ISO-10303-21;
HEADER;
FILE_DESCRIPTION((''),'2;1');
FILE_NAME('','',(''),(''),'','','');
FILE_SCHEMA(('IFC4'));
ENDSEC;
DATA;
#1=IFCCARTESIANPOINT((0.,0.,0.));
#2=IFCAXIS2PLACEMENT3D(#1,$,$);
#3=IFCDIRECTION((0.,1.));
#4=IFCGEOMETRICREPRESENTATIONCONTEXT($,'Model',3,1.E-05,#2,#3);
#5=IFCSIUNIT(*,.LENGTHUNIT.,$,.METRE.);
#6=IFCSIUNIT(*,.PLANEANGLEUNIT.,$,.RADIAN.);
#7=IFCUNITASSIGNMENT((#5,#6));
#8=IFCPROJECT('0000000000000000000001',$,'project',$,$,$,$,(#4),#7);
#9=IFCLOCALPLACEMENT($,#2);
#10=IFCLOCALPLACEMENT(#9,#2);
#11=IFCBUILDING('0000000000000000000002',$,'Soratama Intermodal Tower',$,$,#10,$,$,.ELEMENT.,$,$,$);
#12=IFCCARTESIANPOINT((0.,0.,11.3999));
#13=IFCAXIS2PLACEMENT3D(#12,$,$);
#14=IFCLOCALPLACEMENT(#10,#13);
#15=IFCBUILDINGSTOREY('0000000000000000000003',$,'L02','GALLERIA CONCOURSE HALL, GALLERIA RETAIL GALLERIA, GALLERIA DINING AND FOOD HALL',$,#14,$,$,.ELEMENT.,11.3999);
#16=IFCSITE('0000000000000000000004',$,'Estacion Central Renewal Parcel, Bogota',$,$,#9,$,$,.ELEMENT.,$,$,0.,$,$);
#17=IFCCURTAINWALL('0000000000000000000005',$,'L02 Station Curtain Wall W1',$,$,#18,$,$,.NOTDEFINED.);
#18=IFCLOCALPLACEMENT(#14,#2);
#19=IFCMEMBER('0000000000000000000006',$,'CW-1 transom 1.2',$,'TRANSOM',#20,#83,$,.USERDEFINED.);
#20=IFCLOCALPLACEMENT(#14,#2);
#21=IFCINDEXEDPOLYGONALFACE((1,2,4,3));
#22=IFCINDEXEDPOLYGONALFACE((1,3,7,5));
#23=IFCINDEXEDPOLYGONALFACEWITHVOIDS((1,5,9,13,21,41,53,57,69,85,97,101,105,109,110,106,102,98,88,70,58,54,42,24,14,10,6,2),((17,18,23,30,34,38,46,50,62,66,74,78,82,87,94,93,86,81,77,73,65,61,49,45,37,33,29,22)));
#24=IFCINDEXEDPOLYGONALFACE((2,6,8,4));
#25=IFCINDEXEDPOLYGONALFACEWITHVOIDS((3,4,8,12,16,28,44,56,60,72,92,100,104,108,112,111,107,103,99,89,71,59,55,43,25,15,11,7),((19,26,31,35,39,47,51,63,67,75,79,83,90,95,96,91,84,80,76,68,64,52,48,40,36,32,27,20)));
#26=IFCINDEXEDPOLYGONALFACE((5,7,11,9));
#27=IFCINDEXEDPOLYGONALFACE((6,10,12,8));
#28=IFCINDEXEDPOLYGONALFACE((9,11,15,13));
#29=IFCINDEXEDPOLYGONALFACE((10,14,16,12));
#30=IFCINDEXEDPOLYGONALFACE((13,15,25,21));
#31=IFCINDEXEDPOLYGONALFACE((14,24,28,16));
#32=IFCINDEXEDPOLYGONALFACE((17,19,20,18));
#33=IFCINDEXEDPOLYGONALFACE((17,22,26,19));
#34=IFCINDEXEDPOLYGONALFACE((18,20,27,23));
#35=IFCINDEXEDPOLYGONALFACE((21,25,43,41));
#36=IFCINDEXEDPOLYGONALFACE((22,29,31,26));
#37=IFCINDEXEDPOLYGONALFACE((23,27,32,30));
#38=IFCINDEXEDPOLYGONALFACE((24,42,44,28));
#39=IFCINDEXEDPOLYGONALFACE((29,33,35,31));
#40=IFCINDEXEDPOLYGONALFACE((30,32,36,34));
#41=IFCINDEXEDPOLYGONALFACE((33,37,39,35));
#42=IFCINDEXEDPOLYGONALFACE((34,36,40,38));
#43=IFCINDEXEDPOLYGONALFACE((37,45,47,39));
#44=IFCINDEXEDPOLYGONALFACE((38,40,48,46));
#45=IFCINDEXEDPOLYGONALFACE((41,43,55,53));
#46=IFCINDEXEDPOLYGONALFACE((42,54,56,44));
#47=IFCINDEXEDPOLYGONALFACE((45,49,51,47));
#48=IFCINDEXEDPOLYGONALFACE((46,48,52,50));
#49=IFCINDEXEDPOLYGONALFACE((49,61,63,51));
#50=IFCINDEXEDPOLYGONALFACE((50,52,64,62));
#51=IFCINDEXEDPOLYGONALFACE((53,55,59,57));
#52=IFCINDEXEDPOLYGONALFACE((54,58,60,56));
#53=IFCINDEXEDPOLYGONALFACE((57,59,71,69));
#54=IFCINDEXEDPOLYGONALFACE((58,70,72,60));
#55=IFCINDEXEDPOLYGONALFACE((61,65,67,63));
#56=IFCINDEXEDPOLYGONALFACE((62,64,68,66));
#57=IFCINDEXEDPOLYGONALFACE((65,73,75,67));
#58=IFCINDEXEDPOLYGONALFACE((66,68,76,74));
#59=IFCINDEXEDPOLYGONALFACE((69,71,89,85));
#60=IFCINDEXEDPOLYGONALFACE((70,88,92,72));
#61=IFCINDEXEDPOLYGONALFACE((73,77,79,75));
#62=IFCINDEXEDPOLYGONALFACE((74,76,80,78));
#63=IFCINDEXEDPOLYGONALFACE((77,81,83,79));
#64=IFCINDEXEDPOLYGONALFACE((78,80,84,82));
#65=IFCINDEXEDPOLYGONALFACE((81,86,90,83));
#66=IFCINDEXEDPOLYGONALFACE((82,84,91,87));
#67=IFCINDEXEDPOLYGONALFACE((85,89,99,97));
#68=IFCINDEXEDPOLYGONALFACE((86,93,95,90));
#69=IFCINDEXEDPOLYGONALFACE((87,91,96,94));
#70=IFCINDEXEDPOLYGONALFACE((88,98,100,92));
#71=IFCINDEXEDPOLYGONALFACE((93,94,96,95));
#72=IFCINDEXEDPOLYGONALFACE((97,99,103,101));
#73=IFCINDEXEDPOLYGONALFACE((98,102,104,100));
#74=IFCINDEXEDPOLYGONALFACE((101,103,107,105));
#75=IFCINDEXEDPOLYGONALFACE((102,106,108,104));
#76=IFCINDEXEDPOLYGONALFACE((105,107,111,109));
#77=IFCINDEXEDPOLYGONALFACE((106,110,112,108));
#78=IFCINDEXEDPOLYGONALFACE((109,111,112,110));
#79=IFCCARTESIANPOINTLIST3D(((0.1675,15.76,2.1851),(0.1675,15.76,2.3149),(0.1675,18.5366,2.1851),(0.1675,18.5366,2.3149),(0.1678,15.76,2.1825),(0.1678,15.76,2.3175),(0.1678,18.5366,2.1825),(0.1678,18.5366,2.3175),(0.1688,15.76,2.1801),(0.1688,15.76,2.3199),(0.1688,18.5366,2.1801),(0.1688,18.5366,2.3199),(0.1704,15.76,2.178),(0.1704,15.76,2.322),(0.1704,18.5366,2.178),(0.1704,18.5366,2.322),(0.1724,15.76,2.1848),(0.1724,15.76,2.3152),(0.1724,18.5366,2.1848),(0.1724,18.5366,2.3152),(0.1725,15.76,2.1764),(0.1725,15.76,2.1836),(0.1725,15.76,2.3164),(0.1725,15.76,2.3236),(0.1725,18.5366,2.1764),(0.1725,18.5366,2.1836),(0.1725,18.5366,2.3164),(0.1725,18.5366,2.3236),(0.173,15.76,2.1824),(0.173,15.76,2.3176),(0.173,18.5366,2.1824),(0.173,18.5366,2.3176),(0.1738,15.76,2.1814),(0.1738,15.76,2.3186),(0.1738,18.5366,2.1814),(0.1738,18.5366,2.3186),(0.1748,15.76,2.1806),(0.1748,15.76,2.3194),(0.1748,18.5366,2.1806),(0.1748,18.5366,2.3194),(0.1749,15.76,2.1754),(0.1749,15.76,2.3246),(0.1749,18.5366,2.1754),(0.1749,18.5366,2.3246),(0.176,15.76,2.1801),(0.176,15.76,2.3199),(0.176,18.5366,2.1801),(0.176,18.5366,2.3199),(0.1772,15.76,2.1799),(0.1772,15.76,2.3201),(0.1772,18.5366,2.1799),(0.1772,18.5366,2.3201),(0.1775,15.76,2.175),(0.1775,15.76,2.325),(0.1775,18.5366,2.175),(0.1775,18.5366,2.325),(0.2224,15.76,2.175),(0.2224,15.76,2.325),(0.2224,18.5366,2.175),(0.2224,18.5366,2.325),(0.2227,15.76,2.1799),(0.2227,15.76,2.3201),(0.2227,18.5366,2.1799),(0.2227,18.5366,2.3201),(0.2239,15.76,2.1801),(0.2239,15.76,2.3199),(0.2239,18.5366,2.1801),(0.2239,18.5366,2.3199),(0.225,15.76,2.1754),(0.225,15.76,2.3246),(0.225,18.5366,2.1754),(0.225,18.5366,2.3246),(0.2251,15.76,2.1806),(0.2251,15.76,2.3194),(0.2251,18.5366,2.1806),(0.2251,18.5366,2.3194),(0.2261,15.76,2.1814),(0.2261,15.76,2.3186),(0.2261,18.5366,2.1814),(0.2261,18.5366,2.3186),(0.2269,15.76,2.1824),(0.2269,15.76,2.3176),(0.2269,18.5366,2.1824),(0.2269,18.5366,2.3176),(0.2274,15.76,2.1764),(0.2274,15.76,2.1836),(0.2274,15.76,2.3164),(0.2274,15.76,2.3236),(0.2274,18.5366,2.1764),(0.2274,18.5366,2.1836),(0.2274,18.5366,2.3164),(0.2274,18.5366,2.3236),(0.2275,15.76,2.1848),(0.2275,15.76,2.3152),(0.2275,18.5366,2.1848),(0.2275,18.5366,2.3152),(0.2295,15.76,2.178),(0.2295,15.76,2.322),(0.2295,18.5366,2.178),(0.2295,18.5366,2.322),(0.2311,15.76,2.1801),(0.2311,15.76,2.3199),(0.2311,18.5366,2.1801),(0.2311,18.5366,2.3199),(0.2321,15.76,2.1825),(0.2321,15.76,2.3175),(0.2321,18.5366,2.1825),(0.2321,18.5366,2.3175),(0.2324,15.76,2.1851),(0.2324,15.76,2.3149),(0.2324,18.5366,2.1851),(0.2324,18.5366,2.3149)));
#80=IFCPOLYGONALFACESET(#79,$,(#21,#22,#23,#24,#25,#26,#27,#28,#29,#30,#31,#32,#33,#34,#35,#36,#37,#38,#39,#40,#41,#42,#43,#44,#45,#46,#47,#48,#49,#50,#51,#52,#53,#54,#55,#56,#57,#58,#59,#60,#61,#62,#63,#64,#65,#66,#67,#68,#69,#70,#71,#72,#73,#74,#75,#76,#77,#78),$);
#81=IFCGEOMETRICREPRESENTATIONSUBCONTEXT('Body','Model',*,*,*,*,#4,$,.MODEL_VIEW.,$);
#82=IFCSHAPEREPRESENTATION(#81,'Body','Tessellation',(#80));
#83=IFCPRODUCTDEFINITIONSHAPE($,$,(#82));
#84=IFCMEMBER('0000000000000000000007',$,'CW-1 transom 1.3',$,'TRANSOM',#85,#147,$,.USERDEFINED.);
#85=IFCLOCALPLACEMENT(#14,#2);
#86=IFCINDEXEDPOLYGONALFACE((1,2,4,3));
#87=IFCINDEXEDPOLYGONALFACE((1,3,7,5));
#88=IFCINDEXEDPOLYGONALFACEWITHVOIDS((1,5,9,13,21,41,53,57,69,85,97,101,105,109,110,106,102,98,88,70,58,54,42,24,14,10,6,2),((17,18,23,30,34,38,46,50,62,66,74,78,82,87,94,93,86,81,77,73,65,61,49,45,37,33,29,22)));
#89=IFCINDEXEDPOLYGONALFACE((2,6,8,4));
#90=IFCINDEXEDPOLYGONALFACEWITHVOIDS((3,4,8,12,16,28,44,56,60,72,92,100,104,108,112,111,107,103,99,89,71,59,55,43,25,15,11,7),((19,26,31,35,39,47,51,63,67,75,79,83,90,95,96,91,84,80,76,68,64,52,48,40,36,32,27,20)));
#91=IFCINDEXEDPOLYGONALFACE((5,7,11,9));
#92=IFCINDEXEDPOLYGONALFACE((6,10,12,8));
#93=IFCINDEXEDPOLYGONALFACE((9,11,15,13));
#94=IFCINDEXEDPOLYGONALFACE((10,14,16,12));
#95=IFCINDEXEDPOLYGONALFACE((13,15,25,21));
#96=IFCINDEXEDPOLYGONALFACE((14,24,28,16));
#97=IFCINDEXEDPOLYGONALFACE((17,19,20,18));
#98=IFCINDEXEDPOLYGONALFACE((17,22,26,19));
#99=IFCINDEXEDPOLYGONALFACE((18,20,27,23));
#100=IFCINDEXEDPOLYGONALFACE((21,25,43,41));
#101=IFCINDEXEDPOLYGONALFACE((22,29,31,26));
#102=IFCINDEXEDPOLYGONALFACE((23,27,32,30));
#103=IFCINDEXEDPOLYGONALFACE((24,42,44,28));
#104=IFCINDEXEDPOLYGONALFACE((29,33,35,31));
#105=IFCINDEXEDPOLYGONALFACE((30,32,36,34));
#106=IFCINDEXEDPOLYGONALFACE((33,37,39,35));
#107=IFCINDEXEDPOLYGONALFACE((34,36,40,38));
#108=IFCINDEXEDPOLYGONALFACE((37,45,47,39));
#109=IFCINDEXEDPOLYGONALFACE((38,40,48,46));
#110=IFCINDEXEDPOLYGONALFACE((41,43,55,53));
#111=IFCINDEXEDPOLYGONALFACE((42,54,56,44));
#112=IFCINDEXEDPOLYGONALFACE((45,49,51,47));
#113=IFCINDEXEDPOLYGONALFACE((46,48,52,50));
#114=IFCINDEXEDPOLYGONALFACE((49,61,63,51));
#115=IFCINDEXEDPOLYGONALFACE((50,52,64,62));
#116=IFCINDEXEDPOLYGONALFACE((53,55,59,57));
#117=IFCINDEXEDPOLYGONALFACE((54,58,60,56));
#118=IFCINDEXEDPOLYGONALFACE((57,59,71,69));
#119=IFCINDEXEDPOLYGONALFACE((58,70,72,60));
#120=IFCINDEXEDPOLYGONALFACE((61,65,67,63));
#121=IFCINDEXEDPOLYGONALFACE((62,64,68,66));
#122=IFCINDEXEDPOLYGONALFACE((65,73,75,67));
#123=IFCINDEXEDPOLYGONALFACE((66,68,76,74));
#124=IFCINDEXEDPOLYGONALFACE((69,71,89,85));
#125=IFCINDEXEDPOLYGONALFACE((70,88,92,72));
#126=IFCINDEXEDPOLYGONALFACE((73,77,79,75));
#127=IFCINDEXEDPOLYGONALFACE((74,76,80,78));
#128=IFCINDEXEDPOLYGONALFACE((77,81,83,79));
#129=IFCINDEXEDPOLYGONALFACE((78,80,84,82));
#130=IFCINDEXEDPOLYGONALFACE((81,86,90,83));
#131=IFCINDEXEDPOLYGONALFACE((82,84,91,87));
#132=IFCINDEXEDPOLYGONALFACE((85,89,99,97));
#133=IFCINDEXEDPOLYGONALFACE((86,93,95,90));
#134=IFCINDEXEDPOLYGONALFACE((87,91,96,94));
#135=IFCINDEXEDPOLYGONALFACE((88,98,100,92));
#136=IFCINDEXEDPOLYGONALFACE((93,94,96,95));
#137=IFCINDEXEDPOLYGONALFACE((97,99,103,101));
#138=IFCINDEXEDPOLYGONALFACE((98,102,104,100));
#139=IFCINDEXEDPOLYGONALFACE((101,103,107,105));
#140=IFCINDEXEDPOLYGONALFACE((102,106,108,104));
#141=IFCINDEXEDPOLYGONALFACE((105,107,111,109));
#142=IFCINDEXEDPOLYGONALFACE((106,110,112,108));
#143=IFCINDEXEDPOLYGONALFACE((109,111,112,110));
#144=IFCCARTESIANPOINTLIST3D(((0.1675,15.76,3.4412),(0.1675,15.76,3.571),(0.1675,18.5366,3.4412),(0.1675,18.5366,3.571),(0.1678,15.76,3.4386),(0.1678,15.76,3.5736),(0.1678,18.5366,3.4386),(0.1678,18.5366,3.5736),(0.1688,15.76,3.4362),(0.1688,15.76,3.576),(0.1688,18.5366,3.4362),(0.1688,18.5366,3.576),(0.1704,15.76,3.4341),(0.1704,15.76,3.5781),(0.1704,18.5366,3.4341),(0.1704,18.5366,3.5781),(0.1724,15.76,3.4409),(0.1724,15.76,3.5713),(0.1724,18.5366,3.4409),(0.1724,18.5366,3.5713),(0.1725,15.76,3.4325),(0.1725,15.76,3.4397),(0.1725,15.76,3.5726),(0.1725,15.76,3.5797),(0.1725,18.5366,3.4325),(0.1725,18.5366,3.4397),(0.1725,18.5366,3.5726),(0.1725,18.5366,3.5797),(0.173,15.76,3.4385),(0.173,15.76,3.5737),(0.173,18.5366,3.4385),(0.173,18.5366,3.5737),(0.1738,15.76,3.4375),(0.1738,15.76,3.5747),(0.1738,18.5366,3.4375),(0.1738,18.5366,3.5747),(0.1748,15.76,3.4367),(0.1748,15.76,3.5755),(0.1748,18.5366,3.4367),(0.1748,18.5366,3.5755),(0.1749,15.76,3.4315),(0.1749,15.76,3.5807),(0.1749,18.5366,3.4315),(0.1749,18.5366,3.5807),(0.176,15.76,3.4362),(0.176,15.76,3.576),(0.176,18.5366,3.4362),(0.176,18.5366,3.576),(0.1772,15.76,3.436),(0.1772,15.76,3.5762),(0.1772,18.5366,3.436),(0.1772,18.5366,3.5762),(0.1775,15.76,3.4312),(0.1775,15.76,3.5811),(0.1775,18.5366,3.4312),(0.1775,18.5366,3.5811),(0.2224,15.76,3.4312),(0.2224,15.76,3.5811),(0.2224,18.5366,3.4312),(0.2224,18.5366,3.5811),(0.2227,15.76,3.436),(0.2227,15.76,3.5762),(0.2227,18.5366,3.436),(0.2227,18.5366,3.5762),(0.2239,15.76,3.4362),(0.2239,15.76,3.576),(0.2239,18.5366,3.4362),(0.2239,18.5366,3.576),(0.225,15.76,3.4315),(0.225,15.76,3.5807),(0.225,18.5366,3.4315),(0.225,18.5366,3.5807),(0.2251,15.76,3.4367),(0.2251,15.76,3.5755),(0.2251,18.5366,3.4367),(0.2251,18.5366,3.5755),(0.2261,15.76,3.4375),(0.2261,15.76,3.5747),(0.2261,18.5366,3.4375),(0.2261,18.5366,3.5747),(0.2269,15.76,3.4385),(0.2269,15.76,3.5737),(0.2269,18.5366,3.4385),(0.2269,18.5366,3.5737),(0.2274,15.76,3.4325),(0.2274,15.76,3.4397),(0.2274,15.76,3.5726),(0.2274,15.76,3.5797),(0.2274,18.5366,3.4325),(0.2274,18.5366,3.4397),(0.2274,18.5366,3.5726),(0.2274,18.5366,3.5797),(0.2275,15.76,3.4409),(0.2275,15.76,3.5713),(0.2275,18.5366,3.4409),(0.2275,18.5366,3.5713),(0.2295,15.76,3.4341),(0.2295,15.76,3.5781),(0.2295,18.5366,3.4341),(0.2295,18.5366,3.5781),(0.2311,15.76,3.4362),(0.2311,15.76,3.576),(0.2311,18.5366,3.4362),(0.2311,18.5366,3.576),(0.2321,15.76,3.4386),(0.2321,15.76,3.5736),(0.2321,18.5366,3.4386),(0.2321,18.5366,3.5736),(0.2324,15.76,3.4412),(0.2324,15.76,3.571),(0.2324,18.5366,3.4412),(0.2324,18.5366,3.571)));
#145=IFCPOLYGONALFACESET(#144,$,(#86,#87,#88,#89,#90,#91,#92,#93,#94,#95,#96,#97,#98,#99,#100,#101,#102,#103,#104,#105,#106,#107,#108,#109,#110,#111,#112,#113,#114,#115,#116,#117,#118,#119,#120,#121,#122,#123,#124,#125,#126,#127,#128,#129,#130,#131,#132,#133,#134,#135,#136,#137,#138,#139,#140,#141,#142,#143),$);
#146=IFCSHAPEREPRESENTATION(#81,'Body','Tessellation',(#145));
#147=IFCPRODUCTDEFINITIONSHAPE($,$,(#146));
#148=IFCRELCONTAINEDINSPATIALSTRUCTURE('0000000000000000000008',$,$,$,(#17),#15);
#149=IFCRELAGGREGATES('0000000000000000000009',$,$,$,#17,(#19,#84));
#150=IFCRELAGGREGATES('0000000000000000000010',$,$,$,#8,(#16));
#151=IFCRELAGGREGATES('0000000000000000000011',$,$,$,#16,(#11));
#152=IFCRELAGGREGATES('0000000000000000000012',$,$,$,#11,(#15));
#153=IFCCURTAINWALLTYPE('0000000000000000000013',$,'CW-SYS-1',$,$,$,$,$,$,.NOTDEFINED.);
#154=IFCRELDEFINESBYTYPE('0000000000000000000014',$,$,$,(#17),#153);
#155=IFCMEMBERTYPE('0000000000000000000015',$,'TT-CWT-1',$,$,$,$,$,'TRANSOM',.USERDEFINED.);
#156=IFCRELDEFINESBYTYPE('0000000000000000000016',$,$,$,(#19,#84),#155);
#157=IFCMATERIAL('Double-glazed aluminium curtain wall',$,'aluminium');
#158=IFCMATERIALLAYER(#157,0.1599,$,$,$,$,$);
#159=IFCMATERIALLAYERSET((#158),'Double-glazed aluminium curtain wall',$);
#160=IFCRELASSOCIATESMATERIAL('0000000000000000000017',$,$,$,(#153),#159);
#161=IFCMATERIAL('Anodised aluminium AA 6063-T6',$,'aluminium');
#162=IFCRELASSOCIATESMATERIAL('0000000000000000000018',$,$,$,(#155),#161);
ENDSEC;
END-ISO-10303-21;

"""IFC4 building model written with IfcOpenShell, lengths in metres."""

from ifc_helpers import new_model, si_unit, direction, frame, origin, origin_2d, place, context, subcontext, project, spatial, hollow_rectangle, extrude, material, layer, layer_set, material_profile, profile_set, type_object, element, aggregate, save


model = new_model("IFC4")

# Units and contexts
model_context = context("Model", 3, precision=1e-05, world=origin(), true_north=direction((0.0, 1.0)))
body_context = subcontext(model_context, "Body", "Model", "MODEL_VIEW")
ifc_project = project(units=[si_unit("LENGTHUNIT", "METRE"), si_unit("PLANEANGLEUNIT", "RADIAN")], contexts=[model_context])

# Site, building, storey
site_placement = place(None, origin())
site = spatial("IfcSite", under=ifc_project, at=site_placement, Name="Estacion Central Renewal Parcel, Bogota", CompositionType="ELEMENT", RefElevation=0.0)
building_placement = place(site_placement, origin())
building = spatial("IfcBuilding", under=site, at=building_placement, Name="Soratama Intermodal Tower", CompositionType="ELEMENT")
storey_placement = place(building_placement, frame((0.0, 0.0, 11.3999)))
storey = spatial("IfcBuildingStorey", under=building, at=storey_placement, Name="L02", Description="GALLERIA CONCOURSE HALL, GALLERIA RETAIL GALLERIA, GALLERIA DINING AND FOOD HALL", CompositionType="ELEMENT", Elevation=11.3999)

# Curtain wall, members
ifc_material_1 = material(Name="Double-glazed aluminium curtain wall", Category="aluminium")
ifc_layer_1 = layer(ifc_material_1, 0.1599)
ifc_layer_set_1 = layer_set([ifc_layer_1], Name="Double-glazed aluminium curtain wall")
curtain_wall_type = type_object("IfcCurtainWallType", Name="CW-SYS-1", PredefinedType="NOTDEFINED", material=ifc_layer_set_1)
curtain_wall_placement = place(storey_placement, origin())
curtain_wall = element("IfcCurtainWall", 1, at=curtain_wall_placement, inside=storey, type_object=curtain_wall_type, Name="L02 Station Curtain Wall W1", PredefinedType="NOTDEFINED")
ifc_material_2 = material(Name="Anodised aluminium AA 6063-T6", Category="aluminium")
ifc_material_profile_1 = material_profile(ifc_material_2, hollow_rectangle(XDim=0.0649, YDim=0.1499, WallThickness=0.0049, InnerFilletRadius=0.0049, OuterFilletRadius=0.01, at=origin_2d()), Name="CWT150X65X5")
ifc_profile_set_1 = profile_set([ifc_material_profile_1], Name="Anodised aluminium AA 6063-T6")
member_type_1 = type_object("IfcMemberType", Name="TT-CWT-1", ElementType="TRANSOM", PredefinedType="USERDEFINED", material=ifc_profile_set_1)
member_1_placement = place(storey_placement, frame((0.2, 15.76, 2.25), z_axis=(0.0, 1.0, 0.0), x_axis=(-1.0, 0.0, 0.0)))
member_1 = element("IfcMember", 2, at=member_1_placement, type_object=member_type_1, Name="CW-1 transom 1.2", ObjectType="TRANSOM", PredefinedType="USERDEFINED", context=body_context, shape_type="SweptSolid", body=[
    extrude(hollow_rectangle(XDim=0.0649, YDim=0.1499, WallThickness=0.0049, InnerFilletRadius=0.0049, OuterFilletRadius=0.01, at=origin_2d()), origin(), (0.0, 0.0, 1.0), 2.7766),
])
member_2_placement = place(storey_placement, frame((0.2, 15.76, 3.5061), z_axis=(0.0, 1.0, 0.0), x_axis=(-1.0, 0.0, 0.0)))
member_2 = element("IfcMember", 3, at=member_2_placement, type_object=member_type_1, Name="CW-1 transom 1.3", ObjectType="TRANSOM", PredefinedType="USERDEFINED", context=body_context, shape_type="SweptSolid", body=[
    extrude(hollow_rectangle(XDim=0.0649, YDim=0.1499, WallThickness=0.0049, InnerFilletRadius=0.0049, OuterFilletRadius=0.01, at=origin_2d()), origin(), (0.0, 0.0, 1.0), 2.7766),
])
aggregate(curtain_wall, [member_1, member_2])

save(model, "model.ifc")
